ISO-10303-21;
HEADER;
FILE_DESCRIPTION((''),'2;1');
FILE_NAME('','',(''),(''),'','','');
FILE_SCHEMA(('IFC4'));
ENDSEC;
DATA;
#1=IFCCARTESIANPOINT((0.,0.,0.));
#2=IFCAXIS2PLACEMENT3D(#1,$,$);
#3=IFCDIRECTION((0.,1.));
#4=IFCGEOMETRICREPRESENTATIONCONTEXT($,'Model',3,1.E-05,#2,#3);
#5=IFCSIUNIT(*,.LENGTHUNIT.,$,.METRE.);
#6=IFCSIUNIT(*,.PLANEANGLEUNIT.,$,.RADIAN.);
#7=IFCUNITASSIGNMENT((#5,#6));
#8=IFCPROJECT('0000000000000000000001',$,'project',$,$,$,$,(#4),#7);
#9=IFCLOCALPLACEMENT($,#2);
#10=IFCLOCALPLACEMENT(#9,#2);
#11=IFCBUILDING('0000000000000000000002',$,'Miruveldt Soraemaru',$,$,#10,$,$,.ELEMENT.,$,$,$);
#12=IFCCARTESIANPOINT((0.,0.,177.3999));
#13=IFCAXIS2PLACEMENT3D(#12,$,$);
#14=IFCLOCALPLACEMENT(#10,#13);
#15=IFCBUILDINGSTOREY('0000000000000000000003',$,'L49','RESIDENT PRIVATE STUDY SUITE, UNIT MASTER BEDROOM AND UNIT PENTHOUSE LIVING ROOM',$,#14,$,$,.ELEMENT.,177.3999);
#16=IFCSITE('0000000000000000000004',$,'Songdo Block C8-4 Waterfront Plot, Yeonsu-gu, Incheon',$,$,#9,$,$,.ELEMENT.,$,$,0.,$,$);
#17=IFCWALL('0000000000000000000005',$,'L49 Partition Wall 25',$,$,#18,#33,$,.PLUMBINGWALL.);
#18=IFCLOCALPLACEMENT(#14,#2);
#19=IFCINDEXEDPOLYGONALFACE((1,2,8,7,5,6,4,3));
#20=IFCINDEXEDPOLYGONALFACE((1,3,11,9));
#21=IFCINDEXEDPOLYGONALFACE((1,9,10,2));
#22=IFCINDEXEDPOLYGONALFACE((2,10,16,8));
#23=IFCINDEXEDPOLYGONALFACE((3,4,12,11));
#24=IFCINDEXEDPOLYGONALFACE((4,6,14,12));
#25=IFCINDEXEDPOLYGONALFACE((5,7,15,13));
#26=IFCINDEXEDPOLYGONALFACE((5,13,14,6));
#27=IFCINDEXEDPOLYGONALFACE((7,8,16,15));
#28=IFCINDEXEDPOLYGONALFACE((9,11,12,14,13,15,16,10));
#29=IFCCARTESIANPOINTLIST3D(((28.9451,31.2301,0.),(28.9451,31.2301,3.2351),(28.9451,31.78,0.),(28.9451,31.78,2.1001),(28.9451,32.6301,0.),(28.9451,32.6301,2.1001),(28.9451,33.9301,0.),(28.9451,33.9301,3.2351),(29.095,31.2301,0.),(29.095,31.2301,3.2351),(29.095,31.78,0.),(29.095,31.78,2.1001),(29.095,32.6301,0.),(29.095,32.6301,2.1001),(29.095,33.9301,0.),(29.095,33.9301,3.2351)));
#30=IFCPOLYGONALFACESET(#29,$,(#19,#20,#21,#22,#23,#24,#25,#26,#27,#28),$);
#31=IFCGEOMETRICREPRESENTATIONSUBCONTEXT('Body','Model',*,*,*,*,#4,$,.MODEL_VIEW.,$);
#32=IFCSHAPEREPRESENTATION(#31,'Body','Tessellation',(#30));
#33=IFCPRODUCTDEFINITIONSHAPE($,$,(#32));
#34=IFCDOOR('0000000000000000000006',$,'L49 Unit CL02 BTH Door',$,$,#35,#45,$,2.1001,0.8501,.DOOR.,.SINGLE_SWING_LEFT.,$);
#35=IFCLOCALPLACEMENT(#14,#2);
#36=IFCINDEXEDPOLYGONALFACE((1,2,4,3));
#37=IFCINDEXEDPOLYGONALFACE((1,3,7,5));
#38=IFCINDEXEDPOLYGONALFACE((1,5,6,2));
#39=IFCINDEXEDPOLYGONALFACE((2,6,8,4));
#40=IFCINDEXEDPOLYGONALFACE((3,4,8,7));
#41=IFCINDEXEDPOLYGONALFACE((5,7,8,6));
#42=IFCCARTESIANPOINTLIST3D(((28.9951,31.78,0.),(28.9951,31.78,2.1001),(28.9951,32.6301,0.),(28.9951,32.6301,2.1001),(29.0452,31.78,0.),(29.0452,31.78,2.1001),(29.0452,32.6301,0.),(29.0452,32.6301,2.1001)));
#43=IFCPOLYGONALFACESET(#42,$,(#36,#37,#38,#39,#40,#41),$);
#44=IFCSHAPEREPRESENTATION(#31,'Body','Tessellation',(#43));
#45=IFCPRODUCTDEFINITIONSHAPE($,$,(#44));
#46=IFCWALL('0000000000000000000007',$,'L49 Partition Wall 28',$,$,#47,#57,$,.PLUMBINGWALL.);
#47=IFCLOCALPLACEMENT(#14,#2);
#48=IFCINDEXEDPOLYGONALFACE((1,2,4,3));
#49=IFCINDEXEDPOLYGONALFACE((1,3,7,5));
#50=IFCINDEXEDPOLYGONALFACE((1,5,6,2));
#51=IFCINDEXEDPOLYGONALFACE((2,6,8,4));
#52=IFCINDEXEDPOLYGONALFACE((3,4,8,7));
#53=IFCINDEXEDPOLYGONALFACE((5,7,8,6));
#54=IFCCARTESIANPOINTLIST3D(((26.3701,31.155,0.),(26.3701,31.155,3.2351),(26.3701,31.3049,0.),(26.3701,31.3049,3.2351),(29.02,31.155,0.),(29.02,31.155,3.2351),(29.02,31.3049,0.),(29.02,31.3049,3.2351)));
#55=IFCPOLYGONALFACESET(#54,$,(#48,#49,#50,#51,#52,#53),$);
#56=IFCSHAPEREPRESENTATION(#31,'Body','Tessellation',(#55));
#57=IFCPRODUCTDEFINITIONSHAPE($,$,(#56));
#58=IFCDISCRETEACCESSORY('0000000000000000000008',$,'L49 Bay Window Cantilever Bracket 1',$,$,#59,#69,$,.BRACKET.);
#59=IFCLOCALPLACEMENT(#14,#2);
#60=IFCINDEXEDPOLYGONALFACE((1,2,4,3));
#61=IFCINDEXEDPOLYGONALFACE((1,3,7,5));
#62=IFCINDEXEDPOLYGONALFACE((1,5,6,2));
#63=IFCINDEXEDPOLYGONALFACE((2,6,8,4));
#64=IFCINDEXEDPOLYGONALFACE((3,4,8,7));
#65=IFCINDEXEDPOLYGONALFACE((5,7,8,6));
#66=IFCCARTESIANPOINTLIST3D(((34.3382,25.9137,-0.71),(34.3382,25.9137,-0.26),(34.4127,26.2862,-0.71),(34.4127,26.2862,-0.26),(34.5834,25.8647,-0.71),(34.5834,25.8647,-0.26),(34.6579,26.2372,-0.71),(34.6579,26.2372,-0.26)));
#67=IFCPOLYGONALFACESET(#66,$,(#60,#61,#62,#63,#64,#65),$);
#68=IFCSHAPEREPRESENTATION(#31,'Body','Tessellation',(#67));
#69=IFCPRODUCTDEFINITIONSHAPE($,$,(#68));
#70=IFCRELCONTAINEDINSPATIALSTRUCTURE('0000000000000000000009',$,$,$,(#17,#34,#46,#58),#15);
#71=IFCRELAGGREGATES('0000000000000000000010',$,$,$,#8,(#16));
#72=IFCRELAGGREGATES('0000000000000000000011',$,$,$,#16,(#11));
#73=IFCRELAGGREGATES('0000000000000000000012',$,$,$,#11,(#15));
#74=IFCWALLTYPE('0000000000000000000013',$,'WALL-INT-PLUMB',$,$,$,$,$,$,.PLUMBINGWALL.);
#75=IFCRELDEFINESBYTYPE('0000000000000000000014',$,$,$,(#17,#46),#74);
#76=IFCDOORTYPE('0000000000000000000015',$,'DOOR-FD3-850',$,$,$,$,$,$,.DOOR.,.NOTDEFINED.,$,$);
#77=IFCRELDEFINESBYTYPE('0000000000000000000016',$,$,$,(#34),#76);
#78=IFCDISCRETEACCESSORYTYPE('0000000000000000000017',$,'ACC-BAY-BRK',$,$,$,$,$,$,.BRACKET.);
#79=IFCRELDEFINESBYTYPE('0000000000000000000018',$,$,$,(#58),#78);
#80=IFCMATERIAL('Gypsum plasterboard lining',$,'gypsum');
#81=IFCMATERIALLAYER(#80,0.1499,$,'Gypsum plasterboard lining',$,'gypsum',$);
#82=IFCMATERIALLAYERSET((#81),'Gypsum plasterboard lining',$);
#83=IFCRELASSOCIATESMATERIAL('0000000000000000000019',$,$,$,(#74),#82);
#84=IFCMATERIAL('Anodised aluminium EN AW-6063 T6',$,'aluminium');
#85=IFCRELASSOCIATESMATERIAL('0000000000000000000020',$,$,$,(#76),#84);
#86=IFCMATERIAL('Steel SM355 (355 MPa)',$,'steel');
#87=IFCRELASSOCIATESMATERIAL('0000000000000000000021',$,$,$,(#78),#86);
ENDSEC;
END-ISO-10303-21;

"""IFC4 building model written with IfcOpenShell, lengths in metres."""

from ifc_helpers import new_model, si_unit, direction, frame, frame_2d, origin, origin_2d, place, context, subcontext, project, spatial, rectangle, extrude, material, layer, layer_set, type_object, element, fill, save


model = new_model("IFC4")

# Units and contexts
model_context = context("Model", 3, precision=1e-05, world=origin(), true_north=direction((0.0, 1.0)))
body_context = subcontext(model_context, "Body", "Model", "MODEL_VIEW")
ifc_project = project(units=[si_unit("LENGTHUNIT", "METRE"), si_unit("PLANEANGLEUNIT", "RADIAN")], contexts=[model_context])

# Site, building, storey
site_placement = place(None, origin())
site = spatial("IfcSite", under=ifc_project, at=site_placement, Name="Songdo Block C8-4 Waterfront Plot, Yeonsu-gu, Incheon", CompositionType="ELEMENT", RefElevation=0.0)
building_placement = place(site_placement, origin())
building = spatial("IfcBuilding", under=site, at=building_placement, Name="Miruveldt Soraemaru", CompositionType="ELEMENT")
storey_placement = place(building_placement, frame((0.0, 0.0, 177.3999)))
storey = spatial("IfcBuildingStorey", under=building, at=storey_placement, Name="L49", Description="RESIDENT PRIVATE STUDY SUITE, UNIT MASTER BEDROOM AND UNIT PENTHOUSE LIVING ROOM", CompositionType="ELEMENT", Elevation=177.3999)

# Wall, opening, door
ifc_material_1 = material(Name="Gypsum plasterboard lining", Category="gypsum")
ifc_layer_1 = layer(ifc_material_1, 0.1499, Name="Gypsum plasterboard lining", Category="gypsum")
ifc_layer_set_1 = layer_set([ifc_layer_1], Name="Gypsum plasterboard lining")
wall_type_1 = type_object("IfcWallType", Name="WALL-INT-PLUMB", PredefinedType="PLUMBINGWALL", material=ifc_layer_set_1)
wall_1_placement = place(storey_placement, frame((29.02, 31.23, 0.0), z_axis=(0.0, 0.0, 1.0), x_axis=(0.0, 1.0, 0.0)))
wall_1 = element("IfcWall", 1, at=wall_1_placement, inside=storey, type_object=wall_type_1, Name="L49 Partition Wall 25", PredefinedType="PLUMBINGWALL", context=body_context, shape_type="SweptSolid", body=[
    extrude(rectangle(XDim=2.7, YDim=0.1499, at=frame_2d((1.3501, 0.0))), origin(), (0.0, 0.0, 1.0), 3.2351),
])
opening_1_placement = place(wall_1_placement, frame((0.55, 0.0, 0.0)))
opening_1 = element("IfcOpeningElement", 2, at=opening_1_placement, cuts=wall_1, PredefinedType="OPENING", context=body_context, shape_type="SweptSolid", body=[
    extrude(rectangle(XDim=0.8501, YDim=2.1001, at=frame_2d((0.425, 1.05))), frame((0.0, 0.085, 0.0), z_axis=(0.0, -1.0, 0.0), x_axis=(1.0, 0.0, 0.0)), (0.0, 0.0, 1.0), 0.1699),
])
ifc_material_2 = material(Name="Anodised aluminium EN AW-6063 T6", Category="aluminium")
door_type = type_object("IfcDoorType", Name="DOOR-FD3-850", OperationType="NOTDEFINED", PredefinedType="DOOR", material=ifc_material_2)
door_placement = place(opening_1_placement, origin())
door = element("IfcDoor", 3, at=door_placement, inside=storey, type_object=door_type, Name="L49 Unit CL02 BTH Door", OperationType="SINGLE_SWING_LEFT", OverallHeight=2.1001, OverallWidth=0.8501, PredefinedType="DOOR", context=body_context, shape_type="SweptSolid", body=[
    extrude(rectangle(XDim=0.8501, YDim=2.1001, at=frame_2d((0.425, 1.05))), frame((0.0, 0.0249, 0.0), z_axis=(0.0, -1.0, 0.0), x_axis=(1.0, 0.0, 0.0)), (0.0, 0.0, 1.0), 0.05),
])
fill(opening_1, door)

# Wall
wall_2_placement = place(storey_placement, frame((26.3701, 31.23, 0.0), z_axis=(0.0, 0.0, 1.0), x_axis=(1.0, 0.0, 0.0)))
element("IfcWall", 4, at=wall_2_placement, inside=storey, type_object=wall_type_1, Name="L49 Partition Wall 28", PredefinedType="PLUMBINGWALL", context=body_context, shape_type="SweptSolid", body=[
    extrude(rectangle(XDim=2.6499, YDim=0.1499, at=frame_2d((1.325, 0.0))), origin(), (0.0, 0.0, 1.0), 3.2351),
])

# Discrete accessory
ifc_material_3 = material(Name="Steel SM355 (355 MPa)", Category="steel")
discrete_accessory_type = type_object("IfcDiscreteAccessoryType", Name="ACC-BAY-BRK", PredefinedType="BRACKET", material=ifc_material_3)
discrete_accessory_placement = place(storey_placement, frame((34.498, 26.0754, -0.71), z_axis=(0.0, 0.0, 1.0), x_axis=(-0.1961, -0.980584, 0.0)))
element("IfcDiscreteAccessory", 5, at=discrete_accessory_placement, inside=storey, type_object=discrete_accessory_type, Name="L49 Bay Window Cantilever Bracket 1", PredefinedType="BRACKET", context=body_context, shape_type="SweptSolid", body=[
    extrude(rectangle(XDim=0.3799, YDim=0.25, at=origin_2d()), origin(), (0.0, 0.0, 1.0), 0.45),
])

save(model, "model.ifc")
